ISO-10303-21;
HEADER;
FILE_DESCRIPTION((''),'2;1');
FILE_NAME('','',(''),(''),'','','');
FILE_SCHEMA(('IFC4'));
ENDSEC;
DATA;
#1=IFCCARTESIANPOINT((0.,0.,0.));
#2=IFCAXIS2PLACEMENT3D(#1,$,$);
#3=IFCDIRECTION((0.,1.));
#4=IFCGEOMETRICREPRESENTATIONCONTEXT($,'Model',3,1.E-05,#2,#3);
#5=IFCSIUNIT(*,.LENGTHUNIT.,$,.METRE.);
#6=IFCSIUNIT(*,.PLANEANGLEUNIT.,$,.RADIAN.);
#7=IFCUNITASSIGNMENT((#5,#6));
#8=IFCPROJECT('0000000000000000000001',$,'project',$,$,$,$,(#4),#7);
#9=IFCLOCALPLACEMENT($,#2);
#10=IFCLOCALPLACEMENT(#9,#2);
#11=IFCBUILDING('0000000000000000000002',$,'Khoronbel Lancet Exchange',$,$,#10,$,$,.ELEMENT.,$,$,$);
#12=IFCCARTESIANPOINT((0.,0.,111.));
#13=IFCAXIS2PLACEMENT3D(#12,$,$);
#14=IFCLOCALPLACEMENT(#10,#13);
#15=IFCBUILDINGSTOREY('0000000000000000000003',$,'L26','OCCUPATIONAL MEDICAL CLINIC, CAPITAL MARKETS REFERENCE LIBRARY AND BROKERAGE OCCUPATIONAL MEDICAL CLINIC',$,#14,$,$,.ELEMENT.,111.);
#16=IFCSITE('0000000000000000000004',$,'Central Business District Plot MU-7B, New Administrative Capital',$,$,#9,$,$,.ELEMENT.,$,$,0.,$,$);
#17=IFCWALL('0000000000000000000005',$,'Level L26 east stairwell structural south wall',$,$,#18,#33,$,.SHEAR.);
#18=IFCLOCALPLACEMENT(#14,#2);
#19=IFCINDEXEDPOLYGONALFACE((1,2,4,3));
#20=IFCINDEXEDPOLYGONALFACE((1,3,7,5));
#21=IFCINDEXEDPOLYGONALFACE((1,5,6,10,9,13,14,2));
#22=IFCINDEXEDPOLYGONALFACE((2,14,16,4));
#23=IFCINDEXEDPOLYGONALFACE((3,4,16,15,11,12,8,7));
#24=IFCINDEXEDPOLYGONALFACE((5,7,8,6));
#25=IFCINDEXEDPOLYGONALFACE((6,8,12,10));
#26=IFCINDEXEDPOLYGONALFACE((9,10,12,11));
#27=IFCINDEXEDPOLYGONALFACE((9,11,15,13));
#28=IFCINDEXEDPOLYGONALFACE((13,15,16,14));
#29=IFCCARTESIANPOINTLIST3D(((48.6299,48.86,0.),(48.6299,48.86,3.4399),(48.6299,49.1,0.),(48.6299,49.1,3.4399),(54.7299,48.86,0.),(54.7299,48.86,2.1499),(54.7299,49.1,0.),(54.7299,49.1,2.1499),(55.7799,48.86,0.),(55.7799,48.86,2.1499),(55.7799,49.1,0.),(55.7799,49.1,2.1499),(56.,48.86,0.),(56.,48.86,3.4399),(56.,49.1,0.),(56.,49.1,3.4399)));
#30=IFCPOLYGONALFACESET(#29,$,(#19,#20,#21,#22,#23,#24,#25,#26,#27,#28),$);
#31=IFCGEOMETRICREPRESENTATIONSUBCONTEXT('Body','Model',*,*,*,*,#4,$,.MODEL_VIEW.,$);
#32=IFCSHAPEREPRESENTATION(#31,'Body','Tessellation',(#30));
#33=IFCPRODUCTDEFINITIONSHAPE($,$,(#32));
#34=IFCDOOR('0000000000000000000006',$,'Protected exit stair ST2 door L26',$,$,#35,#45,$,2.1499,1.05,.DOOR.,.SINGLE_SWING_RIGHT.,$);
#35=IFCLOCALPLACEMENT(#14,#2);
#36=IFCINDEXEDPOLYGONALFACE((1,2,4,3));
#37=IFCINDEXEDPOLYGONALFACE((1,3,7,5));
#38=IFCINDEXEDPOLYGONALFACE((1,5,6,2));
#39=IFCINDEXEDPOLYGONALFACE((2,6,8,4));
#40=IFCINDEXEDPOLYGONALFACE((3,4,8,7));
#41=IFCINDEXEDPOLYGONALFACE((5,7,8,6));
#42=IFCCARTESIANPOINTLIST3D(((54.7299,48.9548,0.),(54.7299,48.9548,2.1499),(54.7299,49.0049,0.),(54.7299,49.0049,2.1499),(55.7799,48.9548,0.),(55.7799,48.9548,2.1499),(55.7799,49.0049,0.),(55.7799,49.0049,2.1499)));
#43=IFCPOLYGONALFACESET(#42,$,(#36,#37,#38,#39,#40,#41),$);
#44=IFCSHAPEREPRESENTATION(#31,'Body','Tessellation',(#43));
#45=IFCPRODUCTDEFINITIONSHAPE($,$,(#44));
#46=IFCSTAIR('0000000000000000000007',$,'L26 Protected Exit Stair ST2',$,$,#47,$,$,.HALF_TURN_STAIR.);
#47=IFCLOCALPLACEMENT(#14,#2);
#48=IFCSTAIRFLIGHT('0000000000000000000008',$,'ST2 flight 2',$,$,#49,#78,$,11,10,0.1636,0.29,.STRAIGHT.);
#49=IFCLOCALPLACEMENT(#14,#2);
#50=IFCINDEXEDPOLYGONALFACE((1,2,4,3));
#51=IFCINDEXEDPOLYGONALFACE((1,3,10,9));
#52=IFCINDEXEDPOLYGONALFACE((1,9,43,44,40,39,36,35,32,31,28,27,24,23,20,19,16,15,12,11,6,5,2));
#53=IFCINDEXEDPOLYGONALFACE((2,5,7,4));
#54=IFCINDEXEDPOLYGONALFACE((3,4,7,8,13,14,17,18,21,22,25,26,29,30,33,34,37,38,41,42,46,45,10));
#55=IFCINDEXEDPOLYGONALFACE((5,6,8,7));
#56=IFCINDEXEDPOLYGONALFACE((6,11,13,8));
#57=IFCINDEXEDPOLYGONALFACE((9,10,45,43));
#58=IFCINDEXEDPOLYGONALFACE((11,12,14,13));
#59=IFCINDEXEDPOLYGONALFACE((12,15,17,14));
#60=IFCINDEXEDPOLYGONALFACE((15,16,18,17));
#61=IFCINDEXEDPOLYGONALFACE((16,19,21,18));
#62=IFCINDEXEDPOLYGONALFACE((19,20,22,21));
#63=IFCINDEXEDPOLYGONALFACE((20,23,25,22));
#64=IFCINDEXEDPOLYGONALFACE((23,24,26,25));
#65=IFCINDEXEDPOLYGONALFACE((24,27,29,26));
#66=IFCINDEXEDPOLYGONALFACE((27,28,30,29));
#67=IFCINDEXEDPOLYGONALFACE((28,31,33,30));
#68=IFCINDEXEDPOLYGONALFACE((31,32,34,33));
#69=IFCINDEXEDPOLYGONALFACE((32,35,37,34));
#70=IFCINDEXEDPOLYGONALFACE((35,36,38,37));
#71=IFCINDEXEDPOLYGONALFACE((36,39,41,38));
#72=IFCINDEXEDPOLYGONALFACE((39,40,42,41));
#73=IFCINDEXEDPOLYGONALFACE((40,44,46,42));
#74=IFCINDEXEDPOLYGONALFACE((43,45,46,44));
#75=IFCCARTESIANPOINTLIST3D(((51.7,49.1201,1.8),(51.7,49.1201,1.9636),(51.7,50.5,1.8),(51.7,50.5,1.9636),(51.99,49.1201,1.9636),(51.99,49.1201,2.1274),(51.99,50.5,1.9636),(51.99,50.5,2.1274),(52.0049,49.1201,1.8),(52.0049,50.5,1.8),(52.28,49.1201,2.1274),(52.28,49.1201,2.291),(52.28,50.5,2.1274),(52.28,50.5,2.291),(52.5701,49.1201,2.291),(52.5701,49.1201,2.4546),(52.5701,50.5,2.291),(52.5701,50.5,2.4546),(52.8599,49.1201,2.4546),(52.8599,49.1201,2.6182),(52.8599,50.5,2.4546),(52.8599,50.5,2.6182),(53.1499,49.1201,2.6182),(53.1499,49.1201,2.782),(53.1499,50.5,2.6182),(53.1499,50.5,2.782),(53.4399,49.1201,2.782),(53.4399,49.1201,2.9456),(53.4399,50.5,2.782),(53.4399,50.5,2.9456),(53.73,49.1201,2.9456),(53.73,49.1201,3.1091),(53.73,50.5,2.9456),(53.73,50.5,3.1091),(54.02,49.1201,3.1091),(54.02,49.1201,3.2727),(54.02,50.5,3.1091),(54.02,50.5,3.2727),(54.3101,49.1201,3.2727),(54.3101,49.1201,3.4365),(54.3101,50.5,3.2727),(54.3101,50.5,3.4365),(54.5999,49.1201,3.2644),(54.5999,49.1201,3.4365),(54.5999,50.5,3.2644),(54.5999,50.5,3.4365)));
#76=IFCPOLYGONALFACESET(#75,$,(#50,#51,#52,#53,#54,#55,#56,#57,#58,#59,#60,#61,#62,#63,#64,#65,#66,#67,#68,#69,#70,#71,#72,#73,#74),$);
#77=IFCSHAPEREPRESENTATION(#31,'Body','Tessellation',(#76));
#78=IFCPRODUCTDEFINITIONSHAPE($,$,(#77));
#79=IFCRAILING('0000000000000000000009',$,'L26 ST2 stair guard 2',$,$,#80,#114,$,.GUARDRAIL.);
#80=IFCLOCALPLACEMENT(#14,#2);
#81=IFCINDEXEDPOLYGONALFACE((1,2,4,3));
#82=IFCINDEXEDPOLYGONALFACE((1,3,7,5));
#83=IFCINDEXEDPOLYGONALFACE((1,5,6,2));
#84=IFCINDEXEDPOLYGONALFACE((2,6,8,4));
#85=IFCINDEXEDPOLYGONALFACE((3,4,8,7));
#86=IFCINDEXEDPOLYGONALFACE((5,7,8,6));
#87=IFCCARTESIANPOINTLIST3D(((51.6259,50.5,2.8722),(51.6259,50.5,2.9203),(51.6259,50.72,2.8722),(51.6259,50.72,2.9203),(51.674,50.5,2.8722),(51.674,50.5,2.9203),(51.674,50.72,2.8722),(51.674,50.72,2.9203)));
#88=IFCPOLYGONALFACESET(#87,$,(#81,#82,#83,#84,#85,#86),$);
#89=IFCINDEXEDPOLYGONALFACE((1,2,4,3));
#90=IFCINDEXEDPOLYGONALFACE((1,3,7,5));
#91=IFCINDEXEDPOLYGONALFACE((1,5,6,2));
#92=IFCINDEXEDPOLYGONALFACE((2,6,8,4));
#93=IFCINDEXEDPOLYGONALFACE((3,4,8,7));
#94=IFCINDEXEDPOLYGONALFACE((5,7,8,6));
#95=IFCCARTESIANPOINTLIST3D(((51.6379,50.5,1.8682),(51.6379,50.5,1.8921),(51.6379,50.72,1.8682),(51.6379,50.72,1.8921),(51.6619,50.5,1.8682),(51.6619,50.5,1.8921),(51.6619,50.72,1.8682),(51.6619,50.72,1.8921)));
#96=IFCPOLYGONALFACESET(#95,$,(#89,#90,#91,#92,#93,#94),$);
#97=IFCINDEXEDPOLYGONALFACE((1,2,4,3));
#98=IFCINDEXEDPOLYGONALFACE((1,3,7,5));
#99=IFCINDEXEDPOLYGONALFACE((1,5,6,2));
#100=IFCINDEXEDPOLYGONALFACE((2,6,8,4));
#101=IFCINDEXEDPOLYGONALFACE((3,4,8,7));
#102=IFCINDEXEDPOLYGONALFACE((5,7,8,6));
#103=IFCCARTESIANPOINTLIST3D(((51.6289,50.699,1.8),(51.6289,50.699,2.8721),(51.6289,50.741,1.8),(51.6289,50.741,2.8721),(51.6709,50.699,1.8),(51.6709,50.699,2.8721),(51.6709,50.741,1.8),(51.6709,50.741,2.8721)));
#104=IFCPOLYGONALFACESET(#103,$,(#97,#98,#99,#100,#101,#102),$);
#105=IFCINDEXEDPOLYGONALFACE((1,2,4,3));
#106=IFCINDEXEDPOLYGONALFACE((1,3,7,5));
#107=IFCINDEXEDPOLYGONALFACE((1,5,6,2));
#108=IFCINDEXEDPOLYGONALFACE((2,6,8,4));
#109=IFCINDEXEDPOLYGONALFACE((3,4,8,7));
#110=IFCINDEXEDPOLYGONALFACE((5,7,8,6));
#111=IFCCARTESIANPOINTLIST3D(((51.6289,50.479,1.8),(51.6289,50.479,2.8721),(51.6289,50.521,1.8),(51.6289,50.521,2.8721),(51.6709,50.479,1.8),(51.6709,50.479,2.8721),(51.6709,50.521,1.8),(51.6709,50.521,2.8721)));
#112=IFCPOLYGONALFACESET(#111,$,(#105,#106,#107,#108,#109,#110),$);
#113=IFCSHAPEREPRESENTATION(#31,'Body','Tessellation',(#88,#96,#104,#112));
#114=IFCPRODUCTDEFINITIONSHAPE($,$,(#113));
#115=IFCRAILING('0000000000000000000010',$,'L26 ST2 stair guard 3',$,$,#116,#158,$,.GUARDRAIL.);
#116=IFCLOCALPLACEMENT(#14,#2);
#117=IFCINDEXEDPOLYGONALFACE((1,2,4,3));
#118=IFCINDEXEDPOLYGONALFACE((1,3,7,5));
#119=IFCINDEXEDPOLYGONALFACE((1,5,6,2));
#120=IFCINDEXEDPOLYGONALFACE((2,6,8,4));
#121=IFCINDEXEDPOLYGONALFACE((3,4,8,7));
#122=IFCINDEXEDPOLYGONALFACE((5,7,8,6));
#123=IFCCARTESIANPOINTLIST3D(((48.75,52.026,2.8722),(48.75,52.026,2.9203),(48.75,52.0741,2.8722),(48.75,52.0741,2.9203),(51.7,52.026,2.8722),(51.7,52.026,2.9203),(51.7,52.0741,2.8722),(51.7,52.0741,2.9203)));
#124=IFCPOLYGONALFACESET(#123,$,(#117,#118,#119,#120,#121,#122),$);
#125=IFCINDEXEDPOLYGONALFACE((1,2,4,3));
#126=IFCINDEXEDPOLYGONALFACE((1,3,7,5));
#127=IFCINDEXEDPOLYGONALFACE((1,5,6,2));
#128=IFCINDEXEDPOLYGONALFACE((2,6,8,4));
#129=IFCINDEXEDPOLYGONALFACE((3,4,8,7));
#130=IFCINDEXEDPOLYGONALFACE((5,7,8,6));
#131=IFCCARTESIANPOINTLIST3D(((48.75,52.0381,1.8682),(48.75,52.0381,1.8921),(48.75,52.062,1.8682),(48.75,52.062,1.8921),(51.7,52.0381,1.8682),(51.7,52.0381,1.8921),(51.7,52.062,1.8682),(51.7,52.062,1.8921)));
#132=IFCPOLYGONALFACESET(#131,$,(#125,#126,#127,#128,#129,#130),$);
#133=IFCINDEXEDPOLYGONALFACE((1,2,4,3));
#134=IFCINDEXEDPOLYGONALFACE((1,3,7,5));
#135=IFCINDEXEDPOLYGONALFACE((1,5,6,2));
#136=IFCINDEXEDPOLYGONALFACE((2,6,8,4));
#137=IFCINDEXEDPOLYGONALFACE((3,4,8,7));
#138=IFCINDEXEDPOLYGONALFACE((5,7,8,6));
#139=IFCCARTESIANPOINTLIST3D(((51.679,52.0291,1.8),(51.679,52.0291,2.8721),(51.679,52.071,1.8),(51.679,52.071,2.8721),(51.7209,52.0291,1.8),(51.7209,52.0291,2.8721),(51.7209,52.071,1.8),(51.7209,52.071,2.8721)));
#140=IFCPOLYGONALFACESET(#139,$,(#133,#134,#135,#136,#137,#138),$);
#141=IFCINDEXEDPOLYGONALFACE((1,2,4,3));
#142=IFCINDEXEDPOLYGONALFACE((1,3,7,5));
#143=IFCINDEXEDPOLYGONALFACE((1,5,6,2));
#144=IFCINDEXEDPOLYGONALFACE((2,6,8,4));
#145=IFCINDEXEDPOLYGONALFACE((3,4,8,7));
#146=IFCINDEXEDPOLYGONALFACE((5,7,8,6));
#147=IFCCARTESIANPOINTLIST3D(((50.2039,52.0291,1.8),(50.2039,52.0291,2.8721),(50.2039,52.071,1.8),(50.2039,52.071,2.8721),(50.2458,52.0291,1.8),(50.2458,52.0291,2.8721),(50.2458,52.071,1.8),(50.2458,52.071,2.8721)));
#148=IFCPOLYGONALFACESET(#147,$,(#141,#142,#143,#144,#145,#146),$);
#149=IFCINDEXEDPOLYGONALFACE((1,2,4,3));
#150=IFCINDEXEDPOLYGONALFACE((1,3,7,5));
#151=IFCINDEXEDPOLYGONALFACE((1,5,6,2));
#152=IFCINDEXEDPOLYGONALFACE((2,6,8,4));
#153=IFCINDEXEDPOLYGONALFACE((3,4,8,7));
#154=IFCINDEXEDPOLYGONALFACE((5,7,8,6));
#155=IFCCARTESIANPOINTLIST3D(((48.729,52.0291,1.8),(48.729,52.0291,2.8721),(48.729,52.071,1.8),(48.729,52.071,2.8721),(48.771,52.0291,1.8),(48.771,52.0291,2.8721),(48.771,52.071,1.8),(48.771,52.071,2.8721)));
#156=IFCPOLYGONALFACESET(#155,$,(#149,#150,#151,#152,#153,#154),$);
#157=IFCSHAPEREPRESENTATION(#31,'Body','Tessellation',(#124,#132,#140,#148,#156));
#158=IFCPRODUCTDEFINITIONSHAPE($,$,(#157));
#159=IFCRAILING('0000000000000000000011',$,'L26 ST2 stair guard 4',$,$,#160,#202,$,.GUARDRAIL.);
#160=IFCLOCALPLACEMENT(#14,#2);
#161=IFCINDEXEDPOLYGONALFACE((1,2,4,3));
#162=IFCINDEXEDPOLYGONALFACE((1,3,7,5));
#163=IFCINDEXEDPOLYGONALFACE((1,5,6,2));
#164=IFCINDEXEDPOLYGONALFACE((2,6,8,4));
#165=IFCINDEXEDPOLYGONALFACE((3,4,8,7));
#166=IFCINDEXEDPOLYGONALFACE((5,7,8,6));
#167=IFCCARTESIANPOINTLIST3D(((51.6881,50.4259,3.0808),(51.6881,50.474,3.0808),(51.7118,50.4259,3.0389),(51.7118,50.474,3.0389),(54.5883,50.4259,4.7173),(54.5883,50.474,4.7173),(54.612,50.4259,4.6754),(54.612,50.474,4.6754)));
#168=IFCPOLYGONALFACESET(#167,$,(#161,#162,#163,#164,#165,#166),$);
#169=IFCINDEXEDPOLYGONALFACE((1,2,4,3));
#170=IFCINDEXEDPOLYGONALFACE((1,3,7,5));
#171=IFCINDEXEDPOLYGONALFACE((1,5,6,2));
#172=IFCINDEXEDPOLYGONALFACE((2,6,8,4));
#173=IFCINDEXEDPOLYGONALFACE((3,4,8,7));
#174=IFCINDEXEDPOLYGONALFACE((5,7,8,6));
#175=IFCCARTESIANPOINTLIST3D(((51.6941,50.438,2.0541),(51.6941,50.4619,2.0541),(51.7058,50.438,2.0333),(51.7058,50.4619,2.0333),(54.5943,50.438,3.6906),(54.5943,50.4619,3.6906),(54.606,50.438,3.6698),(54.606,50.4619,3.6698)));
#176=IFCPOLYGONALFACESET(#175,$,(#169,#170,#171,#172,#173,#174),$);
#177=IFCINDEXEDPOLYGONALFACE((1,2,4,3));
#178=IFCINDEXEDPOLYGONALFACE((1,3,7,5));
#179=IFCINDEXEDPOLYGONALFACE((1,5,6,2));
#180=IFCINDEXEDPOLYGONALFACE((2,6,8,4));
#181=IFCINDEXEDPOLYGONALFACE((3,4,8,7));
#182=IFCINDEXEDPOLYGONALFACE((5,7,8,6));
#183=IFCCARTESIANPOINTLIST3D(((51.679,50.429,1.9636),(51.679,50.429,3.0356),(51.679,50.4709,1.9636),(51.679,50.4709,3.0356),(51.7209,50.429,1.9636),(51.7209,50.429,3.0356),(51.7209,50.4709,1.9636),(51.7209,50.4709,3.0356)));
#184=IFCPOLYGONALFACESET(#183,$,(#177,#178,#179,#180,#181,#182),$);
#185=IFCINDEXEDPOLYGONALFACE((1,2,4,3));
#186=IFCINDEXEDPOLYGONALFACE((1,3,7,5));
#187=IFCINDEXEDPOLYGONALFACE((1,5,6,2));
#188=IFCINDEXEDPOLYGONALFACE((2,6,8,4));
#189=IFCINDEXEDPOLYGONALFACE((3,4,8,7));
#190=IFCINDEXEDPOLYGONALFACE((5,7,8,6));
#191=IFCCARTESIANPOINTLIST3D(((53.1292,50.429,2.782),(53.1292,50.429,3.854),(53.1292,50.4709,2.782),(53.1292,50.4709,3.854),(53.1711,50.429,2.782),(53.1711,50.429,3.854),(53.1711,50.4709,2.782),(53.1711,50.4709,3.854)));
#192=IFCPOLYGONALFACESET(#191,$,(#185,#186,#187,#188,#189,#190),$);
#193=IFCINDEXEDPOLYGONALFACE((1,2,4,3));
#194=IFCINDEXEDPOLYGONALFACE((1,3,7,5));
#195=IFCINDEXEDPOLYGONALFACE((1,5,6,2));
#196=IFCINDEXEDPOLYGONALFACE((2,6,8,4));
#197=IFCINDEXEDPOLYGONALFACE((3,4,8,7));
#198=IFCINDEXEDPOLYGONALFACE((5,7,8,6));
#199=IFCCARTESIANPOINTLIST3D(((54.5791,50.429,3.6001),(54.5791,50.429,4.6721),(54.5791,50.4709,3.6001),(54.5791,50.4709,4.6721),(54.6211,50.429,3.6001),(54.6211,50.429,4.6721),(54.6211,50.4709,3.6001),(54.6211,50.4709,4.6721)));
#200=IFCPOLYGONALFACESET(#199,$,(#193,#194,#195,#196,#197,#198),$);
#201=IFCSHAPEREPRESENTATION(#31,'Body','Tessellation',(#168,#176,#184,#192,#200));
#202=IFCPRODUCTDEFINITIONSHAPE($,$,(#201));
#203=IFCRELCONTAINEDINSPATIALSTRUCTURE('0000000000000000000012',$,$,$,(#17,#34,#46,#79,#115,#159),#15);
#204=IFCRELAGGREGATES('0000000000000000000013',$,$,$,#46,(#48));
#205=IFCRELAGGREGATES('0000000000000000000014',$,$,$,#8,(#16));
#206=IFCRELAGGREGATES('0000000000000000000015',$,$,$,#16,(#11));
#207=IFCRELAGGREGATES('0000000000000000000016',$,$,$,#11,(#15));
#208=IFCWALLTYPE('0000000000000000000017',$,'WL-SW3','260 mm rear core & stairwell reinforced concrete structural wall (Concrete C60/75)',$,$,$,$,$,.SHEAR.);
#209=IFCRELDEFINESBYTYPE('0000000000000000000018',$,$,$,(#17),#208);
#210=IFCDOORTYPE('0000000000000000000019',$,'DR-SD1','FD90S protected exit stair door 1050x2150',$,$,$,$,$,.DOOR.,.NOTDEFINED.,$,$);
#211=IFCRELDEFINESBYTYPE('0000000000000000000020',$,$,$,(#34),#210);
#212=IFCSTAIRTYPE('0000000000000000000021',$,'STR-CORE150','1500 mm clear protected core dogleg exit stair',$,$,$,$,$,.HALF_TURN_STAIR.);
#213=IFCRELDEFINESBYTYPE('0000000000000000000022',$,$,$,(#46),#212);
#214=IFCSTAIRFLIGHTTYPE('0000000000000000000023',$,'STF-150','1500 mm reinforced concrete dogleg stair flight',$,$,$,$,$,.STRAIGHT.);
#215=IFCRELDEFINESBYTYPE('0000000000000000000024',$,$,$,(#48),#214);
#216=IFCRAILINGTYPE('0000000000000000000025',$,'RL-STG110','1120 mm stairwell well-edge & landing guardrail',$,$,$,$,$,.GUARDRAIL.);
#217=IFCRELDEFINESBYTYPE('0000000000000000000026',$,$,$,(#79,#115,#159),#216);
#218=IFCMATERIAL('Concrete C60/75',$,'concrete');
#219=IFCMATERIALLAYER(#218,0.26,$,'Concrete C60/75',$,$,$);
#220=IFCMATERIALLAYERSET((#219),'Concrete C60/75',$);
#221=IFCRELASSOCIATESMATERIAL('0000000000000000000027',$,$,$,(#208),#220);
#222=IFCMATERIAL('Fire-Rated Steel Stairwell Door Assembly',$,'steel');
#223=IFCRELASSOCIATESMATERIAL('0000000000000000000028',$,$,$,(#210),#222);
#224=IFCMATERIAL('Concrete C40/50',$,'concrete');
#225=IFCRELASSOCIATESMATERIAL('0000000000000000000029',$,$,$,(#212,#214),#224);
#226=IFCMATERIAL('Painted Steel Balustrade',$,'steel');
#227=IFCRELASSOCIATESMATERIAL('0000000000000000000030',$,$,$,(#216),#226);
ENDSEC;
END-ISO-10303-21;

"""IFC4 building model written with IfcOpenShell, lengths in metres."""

from ifc_helpers import new_model, si_unit, direction, frame, frame_2d, origin, origin_2d, place, context, subcontext, project, spatial, polyline, rectangle, outline, extrude, material, layer, layer_set, type_object, element, fill, aggregate, save


model = new_model("IFC4")

# Units and contexts
model_context = context("Model", 3, precision=1e-05, world=origin(), true_north=direction((0.0, 1.0)))
body_context = subcontext(model_context, "Body", "Model", "MODEL_VIEW")
ifc_project = project(units=[si_unit("LENGTHUNIT", "METRE"), si_unit("PLANEANGLEUNIT", "RADIAN")], contexts=[model_context])

# Site, building, storey
site_placement = place(None, origin())
site = spatial("IfcSite", under=ifc_project, at=site_placement, Name="Central Business District Plot MU-7B, New Administrative Capital", CompositionType="ELEMENT", RefElevation=0.0)
building_placement = place(site_placement, origin())
building = spatial("IfcBuilding", under=site, at=building_placement, Name="Khoronbel Lancet Exchange", CompositionType="ELEMENT")
storey_placement = place(building_placement, frame((0.0, 0.0, 111.0)))
storey = spatial("IfcBuildingStorey", under=building, at=storey_placement, Name="L26", Description="OCCUPATIONAL MEDICAL CLINIC, CAPITAL MARKETS REFERENCE LIBRARY AND BROKERAGE OCCUPATIONAL MEDICAL CLINIC", CompositionType="ELEMENT", Elevation=111.0)

# Wall, opening, door
ifc_material_1 = material(Name="Concrete C60/75", Category="concrete")
ifc_layer_1 = layer(ifc_material_1, 0.26, Name="Concrete C60/75")
ifc_layer_set_1 = layer_set([ifc_layer_1], Name="Concrete C60/75")
wall_type_1 = type_object("IfcWallType", Name="WL-SW3", Description="260 mm rear core & stairwell reinforced concrete structural wall (Concrete C60/75)", PredefinedType="SHEAR", material=ifc_layer_set_1)
wall_1_placement = place(storey_placement, frame((48.6299, 48.98, 0.0), z_axis=(0.0, 0.0, 1.0), x_axis=(1.0, 0.0, 0.0)))
wall_1 = element("IfcWall", 1, at=wall_1_placement, inside=storey, type_object=wall_type_1, Name="Level L26 east stairwell structural south wall", PredefinedType="SHEAR", context=body_context, shape_type="SweptSolid", body=[
    extrude(rectangle(XDim=7.3701, YDim=0.24, at=frame_2d((3.6851, 0.0))), origin(), (0.0, 0.0, 1.0), 3.4399),
])
opening_1_placement = place(wall_1_placement, frame((6.1001, 0.0, 0.0)))
opening_1 = element("IfcOpeningElement", 2, at=opening_1_placement, cuts=wall_1, PredefinedType="OPENING", context=body_context, shape_type="SweptSolid", body=[
    extrude(rectangle(XDim=1.05, YDim=2.1499, at=frame_2d((0.5249, 1.075))), frame((0.0, 0.1299, 0.0), z_axis=(0.0, -1.0, 0.0), x_axis=(1.0, 0.0, 0.0)), (0.0, 0.0, 1.0), 0.26),
])
ifc_material_2 = material(Name="Fire-Rated Steel Stairwell Door Assembly", Category="steel")
door_type_1 = type_object("IfcDoorType", Name="DR-SD1", Description="FD90S protected exit stair door 1050x2150", OperationType="NOTDEFINED", PredefinedType="DOOR", material=ifc_material_2)
door_1_placement = place(opening_1_placement, origin())
door_1 = element("IfcDoor", 3, at=door_1_placement, inside=storey, type_object=door_type_1, Name="Protected exit stair ST2 door L26", OperationType="SINGLE_SWING_RIGHT", OverallHeight=2.1499, OverallWidth=1.05, PredefinedType="DOOR", context=body_context, shape_type="SweptSolid", body=[
    extrude(rectangle(XDim=1.05, YDim=2.1499, at=frame_2d((0.5249, 1.075))), frame((0.0, 0.0249, 0.0), z_axis=(0.0, -1.0, 0.0), x_axis=(1.0, 0.0, 0.0)), (0.0, 0.0, 1.0), 0.05),
])
fill(opening_1, door_1)

# Stair, stair flight
ifc_material_3 = material(Name="Concrete C40/50", Category="concrete")
stair_type = type_object("IfcStairType", Name="STR-CORE150", Description="1500 mm clear protected core dogleg exit stair", PredefinedType="HALF_TURN_STAIR", material=ifc_material_3)
stair_placement = place(storey_placement, origin())
stair = element("IfcStair", 4, at=stair_placement, inside=storey, type_object=stair_type, Name="L26 Protected Exit Stair ST2", PredefinedType="HALF_TURN_STAIR")
stair_flight_type = type_object("IfcStairFlightType", Name="STF-150", Description="1500 mm reinforced concrete dogleg stair flight", PredefinedType="STRAIGHT", material=ifc_material_3)
stair_flight_placement = place(storey_placement, frame((51.7, 49.8101, 1.8), z_axis=(0.0, 0.0, 1.0), x_axis=(1.0, 0.0, 0.0)))
stair_flight = element("IfcStairFlight", 5, at=stair_flight_placement, type_object=stair_flight_type, Name="ST2 flight 2", NumberOfRisers=11, NumberOfTreads=10, PredefinedType="STRAIGHT", RiserHeight=0.1636, TreadLength=0.29, context=body_context, shape_type="SweptSolid", body=[
    extrude(outline(polyline([(0.0, 0.0), (0.0, 0.1636), (0.29, 0.1636), (0.29, 0.3274), (0.5801, 0.3274), (0.5801, 0.491), (0.8701, 0.491), (0.8701, 0.6545), (1.1599, 0.6545), (1.1599, 0.8181), (1.45, 0.8181), (1.45, 0.9819), (1.74, 0.9819), (1.74, 1.1455), (2.03, 1.1455), (2.03, 1.3091), (2.3201, 1.3091), (2.3201, 1.4727), (2.6101, 1.4727), (2.6101, 1.6365), (2.8999, 1.6365), (2.8999, 1.8), (2.8999, 1.4644), (0.3049, 0.0), (0.0, 0.0)])), frame((0.0, 0.6899, 0.0), z_axis=(0.0, -1.0, 0.0), x_axis=(1.0, 0.0, 0.0)), (0.0, 0.0, 1.0), 1.3799),
])
aggregate(stair, [stair_flight])

# Railings
ifc_material_4 = material(Name="Painted Steel Balustrade", Category="steel")
railing_type_1 = type_object("IfcRailingType", Name="RL-STG110", Description="1120 mm stairwell well-edge & landing guardrail", PredefinedType="GUARDRAIL", material=ifc_material_4)
railing_1_placement = place(storey_placement, frame((51.6499, 50.72, 1.8)))
element("IfcRailing", 6, at=railing_1_placement, inside=storey, type_object=railing_type_1, Name="L26 ST2 stair guard 2", PredefinedType="GUARDRAIL", context=body_context, shape_type="SweptSolid", body=[
    extrude(rectangle(XDim=0.0481, YDim=0.0481, at=origin_2d()), frame((0.0, 0.0, 1.0962), z_axis=(0.0, -1.0, 0.0), x_axis=(1.0, 0.0, 0.0)), (0.0, 0.0, 1.0), 0.22),
    extrude(rectangle(XDim=0.0239, YDim=0.0239, at=origin_2d()), frame((0.0, 0.0, 0.0801), z_axis=(0.0, -1.0, 0.0), x_axis=(1.0, 0.0, 0.0)), (0.0, 0.0, 1.0), 0.22),
    extrude(rectangle(XDim=0.042, YDim=0.042, at=origin_2d()), origin(), (0.0, 0.0, 1.0), 1.072),
    extrude(rectangle(XDim=0.042, YDim=0.042, at=origin_2d()), frame((0.0, -0.22, 0.0)), (0.0, 0.0, 1.0), 1.072),
])
railing_2_placement = place(storey_placement, frame((51.7, 52.05, 1.8)))
element("IfcRailing", 7, at=railing_2_placement, inside=storey, type_object=railing_type_1, Name="L26 ST2 stair guard 3", PredefinedType="GUARDRAIL", context=body_context, shape_type="SweptSolid", body=[
    extrude(rectangle(XDim=0.0481, YDim=0.0481, at=origin_2d()), frame((0.0, 0.0, 1.0962), z_axis=(-1.0, 0.0, 0.0), x_axis=(0.0, -1.0, 0.0)), (0.0, 0.0, 1.0), 2.95),
    extrude(rectangle(XDim=0.0239, YDim=0.0239, at=origin_2d()), frame((0.0, 0.0, 0.0801), z_axis=(-1.0, 0.0, 0.0), x_axis=(0.0, -1.0, 0.0)), (0.0, 0.0, 1.0), 2.95),
    extrude(rectangle(XDim=0.042, YDim=0.042, at=origin_2d()), origin(), (0.0, 0.0, 1.0), 1.072),
    extrude(rectangle(XDim=0.042, YDim=0.042, at=origin_2d()), frame((-1.4751, 0.0, 0.0)), (0.0, 0.0, 1.0), 1.072),
    extrude(rectangle(XDim=0.042, YDim=0.042, at=origin_2d()), frame((-2.95, 0.0, 0.0)), (0.0, 0.0, 1.0), 1.072),
])
railing_3_placement = place(storey_placement, frame((51.7, 50.45, 1.9636)))
element("IfcRailing", 8, at=railing_3_placement, inside=storey, type_object=railing_type_1, Name="L26 ST2 stair guard 4", PredefinedType="GUARDRAIL", context=body_context, shape_type="SweptSolid", body=[
    extrude(rectangle(XDim=0.0481, YDim=0.0481, at=origin_2d()), frame((0.0, 0.0, 1.0962), z_axis=(0.870915, 0.0, 0.491434), x_axis=(0.0, 1.0, 0.0)), (0.0, 0.0, 1.0), 3.3301),
    extrude(rectangle(XDim=0.0239, YDim=0.0239, at=origin_2d()), frame((0.0, 0.0, 0.0801), z_axis=(0.870915, 0.0, 0.491434), x_axis=(0.0, 1.0, 0.0)), (0.0, 0.0, 1.0), 3.3301),
    extrude(rectangle(XDim=0.042, YDim=0.042, at=origin_2d()), origin(), (0.0, 0.0, 1.0), 1.072),
    extrude(rectangle(XDim=0.042, YDim=0.042, at=origin_2d()), frame((1.4502, 0.0, 0.8184)), (0.0, 0.0, 1.0), 1.072),
    extrude(rectangle(XDim=0.042, YDim=0.042, at=origin_2d()), frame((2.9001, 0.0, 1.6365)), (0.0, 0.0, 1.0), 1.072),
])

save(model, "model.ifc")
